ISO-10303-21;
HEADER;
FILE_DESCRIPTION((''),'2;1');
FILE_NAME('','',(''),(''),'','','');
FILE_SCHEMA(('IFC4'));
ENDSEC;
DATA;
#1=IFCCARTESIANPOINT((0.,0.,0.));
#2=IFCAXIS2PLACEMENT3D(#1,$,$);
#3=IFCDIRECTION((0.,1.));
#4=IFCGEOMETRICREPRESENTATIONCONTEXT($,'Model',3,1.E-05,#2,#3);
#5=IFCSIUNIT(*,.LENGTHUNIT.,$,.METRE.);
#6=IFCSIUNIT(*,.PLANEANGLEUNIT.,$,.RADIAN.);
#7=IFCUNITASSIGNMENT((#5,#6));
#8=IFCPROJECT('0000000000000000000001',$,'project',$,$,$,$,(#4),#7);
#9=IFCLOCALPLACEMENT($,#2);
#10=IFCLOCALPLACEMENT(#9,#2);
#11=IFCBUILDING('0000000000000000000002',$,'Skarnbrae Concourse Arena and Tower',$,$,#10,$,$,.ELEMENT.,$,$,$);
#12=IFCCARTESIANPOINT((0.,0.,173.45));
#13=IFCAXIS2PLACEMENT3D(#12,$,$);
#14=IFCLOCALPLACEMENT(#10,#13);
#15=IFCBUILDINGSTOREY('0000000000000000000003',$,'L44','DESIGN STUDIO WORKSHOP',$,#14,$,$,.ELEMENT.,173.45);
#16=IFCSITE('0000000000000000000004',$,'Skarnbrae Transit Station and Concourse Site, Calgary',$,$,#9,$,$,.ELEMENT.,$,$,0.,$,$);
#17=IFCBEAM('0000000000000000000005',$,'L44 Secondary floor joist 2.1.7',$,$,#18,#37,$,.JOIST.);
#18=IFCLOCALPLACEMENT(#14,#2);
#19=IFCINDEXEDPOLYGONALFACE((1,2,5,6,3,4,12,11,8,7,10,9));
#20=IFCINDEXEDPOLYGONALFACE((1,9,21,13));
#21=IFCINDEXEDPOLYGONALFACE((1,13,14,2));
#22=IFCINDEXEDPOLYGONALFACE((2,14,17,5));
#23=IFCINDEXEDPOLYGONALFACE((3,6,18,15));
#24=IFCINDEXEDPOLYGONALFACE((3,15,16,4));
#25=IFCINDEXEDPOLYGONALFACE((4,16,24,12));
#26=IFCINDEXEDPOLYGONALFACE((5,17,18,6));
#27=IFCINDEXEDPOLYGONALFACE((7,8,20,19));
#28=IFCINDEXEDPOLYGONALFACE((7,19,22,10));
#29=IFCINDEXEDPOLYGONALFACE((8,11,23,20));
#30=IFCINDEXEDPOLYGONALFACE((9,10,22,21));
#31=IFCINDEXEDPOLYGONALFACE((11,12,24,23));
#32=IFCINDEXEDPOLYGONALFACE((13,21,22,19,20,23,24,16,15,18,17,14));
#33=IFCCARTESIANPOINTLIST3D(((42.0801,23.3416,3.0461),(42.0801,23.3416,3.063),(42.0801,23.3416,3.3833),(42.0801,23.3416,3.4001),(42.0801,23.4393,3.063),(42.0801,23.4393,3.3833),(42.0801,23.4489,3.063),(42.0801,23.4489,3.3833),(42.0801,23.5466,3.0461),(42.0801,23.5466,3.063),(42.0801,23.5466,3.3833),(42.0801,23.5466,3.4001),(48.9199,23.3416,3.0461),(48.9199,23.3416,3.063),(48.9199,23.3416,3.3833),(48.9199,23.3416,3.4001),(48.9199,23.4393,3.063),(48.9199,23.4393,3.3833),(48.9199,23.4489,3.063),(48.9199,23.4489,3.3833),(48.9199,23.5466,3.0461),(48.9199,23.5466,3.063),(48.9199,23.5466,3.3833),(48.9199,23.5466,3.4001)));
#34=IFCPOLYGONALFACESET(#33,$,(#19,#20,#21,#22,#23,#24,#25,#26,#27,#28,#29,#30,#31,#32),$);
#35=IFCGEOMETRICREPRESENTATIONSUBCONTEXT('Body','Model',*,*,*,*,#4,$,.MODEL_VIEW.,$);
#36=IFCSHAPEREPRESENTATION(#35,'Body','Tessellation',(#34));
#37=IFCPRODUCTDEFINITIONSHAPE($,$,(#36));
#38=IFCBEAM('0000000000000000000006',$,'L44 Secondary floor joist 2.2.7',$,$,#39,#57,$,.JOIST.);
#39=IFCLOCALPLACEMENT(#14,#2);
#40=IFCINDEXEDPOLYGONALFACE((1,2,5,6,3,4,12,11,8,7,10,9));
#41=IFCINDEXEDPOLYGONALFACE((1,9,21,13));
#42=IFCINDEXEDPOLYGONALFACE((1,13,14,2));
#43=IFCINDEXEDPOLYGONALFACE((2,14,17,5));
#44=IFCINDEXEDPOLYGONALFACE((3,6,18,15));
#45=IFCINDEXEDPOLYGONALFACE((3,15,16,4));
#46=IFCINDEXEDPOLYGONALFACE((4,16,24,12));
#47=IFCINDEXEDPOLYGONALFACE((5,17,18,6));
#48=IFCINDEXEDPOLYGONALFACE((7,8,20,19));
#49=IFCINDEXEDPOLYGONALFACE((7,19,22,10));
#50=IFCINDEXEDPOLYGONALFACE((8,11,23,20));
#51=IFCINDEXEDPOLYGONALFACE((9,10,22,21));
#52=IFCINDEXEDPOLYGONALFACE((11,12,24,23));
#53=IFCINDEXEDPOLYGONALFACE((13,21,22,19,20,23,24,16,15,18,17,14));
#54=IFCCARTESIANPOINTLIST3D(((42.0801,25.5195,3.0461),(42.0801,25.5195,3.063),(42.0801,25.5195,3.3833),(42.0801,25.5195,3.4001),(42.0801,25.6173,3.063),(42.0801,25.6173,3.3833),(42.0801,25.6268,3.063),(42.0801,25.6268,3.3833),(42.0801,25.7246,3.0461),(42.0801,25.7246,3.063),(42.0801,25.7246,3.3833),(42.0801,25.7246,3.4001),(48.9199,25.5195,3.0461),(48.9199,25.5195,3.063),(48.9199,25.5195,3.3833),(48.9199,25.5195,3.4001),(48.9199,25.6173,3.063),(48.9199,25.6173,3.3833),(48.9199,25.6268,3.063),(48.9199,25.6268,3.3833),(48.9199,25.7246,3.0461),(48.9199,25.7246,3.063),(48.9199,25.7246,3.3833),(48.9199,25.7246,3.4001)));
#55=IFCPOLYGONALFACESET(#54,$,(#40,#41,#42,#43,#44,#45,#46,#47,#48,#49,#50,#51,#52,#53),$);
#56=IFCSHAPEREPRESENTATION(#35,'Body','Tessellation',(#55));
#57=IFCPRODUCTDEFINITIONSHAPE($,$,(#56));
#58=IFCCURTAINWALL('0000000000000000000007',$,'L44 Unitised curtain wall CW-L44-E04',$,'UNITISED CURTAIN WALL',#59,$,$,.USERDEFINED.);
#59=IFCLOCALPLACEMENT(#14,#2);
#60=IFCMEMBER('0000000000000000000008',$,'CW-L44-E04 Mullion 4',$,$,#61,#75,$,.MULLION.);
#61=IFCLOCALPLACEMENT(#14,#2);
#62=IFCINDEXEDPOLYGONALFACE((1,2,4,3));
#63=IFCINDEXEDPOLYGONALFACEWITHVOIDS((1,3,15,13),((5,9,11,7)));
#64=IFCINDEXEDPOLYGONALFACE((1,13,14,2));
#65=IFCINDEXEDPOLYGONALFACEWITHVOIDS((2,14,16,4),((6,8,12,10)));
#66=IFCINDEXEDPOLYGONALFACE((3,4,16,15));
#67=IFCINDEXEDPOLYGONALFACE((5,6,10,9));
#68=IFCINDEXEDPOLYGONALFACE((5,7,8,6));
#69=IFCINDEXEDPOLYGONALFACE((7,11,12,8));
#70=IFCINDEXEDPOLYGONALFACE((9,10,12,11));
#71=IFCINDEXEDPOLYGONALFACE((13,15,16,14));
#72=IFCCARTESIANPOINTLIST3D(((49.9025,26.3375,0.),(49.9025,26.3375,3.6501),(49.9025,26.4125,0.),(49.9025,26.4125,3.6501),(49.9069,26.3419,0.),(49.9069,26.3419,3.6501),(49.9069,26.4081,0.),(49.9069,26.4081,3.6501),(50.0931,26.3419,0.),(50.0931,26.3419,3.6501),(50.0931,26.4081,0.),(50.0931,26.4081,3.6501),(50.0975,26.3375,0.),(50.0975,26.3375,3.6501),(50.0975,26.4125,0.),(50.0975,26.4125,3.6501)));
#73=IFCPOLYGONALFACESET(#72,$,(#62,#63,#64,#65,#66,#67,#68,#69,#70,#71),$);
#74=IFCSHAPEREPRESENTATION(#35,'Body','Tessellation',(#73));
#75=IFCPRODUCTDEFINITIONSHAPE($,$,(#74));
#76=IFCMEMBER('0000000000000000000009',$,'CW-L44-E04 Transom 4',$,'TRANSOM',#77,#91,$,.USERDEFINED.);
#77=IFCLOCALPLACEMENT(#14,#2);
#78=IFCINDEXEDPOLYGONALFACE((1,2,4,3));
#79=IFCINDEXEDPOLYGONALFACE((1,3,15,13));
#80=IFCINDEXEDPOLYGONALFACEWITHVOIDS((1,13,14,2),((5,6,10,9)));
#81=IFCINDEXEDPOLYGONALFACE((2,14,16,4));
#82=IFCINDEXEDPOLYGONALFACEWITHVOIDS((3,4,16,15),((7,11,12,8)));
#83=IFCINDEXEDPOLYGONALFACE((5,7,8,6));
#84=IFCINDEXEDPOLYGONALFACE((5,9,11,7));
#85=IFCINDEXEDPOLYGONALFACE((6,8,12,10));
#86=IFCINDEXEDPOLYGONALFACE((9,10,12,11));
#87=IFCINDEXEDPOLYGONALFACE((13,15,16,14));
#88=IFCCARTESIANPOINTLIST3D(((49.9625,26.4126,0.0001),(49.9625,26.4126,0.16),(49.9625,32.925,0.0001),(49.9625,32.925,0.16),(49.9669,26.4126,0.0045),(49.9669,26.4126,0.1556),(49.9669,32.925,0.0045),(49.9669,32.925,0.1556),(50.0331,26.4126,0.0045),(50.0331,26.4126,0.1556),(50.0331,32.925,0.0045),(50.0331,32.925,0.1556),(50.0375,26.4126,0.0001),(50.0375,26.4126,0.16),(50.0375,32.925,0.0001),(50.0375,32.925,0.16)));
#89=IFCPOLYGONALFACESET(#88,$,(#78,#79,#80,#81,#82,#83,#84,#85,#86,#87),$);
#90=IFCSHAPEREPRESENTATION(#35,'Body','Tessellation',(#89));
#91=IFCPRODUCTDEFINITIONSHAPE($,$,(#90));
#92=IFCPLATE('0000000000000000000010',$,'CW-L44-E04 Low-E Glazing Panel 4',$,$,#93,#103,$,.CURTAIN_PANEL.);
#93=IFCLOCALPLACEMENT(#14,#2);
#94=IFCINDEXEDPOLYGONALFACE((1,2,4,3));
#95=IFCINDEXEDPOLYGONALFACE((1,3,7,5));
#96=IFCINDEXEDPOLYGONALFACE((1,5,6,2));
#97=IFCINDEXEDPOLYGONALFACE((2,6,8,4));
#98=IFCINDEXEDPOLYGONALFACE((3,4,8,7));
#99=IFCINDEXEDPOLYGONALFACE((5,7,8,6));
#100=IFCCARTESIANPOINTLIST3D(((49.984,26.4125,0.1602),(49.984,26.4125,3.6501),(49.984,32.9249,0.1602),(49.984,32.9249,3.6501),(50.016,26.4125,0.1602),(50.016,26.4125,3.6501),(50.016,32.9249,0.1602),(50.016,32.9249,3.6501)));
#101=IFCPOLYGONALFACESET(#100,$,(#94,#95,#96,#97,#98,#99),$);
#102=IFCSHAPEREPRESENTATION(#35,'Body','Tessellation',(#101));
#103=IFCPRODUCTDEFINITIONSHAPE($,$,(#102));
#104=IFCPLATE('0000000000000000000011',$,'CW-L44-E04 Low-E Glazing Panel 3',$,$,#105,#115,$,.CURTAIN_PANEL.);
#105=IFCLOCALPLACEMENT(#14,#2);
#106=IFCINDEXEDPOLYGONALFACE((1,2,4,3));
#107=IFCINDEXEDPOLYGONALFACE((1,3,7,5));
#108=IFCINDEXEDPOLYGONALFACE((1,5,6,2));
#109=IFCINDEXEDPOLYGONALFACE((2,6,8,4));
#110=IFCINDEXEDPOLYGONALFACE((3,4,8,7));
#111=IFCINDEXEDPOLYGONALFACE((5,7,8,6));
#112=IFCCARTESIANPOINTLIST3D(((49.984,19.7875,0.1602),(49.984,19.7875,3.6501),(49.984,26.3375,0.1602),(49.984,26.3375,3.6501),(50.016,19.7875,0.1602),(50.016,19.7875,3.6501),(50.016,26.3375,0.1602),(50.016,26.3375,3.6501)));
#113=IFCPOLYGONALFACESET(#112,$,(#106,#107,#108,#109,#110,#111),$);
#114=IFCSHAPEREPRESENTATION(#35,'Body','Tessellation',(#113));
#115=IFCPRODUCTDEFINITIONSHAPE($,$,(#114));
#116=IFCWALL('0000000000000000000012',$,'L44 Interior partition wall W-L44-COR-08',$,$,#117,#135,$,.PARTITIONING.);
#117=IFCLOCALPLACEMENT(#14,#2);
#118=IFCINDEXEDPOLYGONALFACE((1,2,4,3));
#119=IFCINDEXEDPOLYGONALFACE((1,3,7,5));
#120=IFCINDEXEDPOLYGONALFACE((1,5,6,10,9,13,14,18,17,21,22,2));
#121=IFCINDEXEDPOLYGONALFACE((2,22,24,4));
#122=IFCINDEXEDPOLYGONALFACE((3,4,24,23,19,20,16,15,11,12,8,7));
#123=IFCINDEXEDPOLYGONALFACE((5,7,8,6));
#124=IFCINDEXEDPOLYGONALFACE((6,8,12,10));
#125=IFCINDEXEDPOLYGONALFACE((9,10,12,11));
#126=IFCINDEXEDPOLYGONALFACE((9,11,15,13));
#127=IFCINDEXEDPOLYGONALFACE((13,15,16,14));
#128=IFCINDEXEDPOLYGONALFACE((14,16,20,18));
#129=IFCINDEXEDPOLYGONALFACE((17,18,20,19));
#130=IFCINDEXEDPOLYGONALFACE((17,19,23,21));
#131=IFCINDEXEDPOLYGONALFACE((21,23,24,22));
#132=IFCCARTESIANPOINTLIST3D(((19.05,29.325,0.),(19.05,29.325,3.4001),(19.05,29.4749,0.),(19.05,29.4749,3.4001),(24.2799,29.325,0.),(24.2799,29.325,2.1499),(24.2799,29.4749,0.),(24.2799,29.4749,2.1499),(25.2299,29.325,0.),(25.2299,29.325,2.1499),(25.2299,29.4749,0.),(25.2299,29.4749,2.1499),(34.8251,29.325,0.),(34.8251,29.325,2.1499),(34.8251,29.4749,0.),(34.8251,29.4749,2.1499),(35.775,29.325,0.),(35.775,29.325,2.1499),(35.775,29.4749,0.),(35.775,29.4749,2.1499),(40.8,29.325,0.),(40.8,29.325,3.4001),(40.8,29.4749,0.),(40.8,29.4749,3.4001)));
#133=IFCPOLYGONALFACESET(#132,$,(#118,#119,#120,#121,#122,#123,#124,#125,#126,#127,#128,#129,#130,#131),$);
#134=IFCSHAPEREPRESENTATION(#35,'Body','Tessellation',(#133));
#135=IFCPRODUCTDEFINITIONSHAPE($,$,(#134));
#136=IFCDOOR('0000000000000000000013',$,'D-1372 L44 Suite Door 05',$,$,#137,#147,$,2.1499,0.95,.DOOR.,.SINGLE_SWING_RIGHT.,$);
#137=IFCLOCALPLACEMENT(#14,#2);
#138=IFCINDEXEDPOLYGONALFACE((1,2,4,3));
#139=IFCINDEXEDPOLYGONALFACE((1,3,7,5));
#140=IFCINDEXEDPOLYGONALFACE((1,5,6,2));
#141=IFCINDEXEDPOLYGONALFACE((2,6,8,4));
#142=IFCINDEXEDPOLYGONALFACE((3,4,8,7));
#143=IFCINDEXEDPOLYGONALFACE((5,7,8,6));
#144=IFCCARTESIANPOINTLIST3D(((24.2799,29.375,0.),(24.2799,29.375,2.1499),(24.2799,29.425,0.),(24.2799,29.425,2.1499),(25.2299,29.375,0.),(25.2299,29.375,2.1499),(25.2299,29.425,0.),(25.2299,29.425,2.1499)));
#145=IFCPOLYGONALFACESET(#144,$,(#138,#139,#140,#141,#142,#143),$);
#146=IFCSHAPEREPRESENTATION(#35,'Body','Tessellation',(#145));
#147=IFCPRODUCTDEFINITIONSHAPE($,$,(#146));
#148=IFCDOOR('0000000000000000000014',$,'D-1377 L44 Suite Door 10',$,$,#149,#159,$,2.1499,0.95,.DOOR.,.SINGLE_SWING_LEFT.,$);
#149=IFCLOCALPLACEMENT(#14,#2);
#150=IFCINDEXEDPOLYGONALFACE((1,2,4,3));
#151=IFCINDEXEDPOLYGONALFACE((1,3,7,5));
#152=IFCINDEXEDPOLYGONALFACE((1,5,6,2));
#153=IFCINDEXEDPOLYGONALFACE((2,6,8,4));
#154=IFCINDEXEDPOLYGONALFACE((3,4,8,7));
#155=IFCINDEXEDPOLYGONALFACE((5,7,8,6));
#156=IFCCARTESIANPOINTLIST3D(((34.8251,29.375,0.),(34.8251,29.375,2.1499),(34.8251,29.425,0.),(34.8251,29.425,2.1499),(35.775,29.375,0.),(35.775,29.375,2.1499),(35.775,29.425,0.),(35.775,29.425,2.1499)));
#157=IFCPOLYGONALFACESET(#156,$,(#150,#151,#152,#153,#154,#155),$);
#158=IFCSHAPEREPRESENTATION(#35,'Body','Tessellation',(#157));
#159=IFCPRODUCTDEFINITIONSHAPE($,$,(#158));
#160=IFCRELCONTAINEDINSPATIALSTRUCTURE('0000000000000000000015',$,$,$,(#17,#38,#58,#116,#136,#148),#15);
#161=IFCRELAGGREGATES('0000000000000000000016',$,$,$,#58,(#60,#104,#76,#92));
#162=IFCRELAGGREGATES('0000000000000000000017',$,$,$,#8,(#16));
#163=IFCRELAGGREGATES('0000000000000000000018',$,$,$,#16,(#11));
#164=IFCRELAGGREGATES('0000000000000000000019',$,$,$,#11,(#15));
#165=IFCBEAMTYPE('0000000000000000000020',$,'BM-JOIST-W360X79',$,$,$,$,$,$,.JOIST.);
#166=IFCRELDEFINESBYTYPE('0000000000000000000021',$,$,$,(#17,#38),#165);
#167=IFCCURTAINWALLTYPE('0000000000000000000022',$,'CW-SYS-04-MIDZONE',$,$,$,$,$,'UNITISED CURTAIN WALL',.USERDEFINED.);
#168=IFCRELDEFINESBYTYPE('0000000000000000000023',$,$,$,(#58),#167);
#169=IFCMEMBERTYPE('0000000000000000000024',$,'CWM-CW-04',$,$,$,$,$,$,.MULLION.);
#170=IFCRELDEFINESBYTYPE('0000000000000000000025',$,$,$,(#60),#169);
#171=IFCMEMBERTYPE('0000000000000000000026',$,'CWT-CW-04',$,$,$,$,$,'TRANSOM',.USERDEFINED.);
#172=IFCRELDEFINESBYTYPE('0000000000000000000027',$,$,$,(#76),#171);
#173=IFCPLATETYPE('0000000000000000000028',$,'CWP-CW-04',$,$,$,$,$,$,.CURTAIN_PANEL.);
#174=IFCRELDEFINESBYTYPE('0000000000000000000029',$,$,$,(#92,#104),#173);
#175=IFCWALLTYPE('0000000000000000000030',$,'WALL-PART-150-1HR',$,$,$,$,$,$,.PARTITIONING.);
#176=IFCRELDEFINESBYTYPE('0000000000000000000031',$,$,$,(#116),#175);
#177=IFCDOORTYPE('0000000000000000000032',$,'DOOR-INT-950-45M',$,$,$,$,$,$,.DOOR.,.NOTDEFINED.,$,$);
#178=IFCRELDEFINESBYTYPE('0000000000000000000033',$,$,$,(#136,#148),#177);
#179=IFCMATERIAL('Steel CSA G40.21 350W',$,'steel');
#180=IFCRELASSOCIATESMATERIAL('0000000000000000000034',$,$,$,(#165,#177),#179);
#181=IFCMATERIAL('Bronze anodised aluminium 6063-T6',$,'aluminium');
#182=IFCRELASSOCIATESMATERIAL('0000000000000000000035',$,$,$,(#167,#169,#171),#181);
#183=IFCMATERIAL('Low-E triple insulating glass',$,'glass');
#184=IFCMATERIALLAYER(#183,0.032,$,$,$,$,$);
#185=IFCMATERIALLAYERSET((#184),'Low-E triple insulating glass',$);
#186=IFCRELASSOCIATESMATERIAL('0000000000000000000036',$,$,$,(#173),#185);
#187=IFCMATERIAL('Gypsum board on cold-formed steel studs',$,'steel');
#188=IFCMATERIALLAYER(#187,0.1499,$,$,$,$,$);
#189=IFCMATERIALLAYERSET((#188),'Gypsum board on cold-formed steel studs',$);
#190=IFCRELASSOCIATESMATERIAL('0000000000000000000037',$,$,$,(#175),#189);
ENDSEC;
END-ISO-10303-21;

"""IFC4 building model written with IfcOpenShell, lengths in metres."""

from ifc_helpers import new_model, si_unit, direction, frame, frame_2d, origin, origin_2d, place, context, subcontext, project, spatial, rectangle, hollow_rectangle, i_section, extrude, source, transform, mapped, material, layer, layer_set, material_profile, profile_set, type_object, element, fill, aggregate, save


model = new_model("IFC4")

# Units and contexts
model_context = context("Model", 3, precision=1e-05, world=origin(), true_north=direction((0.0, 1.0)))
body_context = subcontext(model_context, "Body", "Model", "MODEL_VIEW")
ifc_project = project(units=[si_unit("LENGTHUNIT", "METRE"), si_unit("PLANEANGLEUNIT", "RADIAN")], contexts=[model_context])

# Site, building, storey
site_placement = place(None, origin())
site = spatial("IfcSite", under=ifc_project, at=site_placement, Name="Skarnbrae Transit Station and Concourse Site, Calgary", CompositionType="ELEMENT", RefElevation=0.0)
building_placement = place(site_placement, origin())
building = spatial("IfcBuilding", under=site, at=building_placement, Name="Skarnbrae Concourse Arena and Tower", CompositionType="ELEMENT")
storey_placement = place(building_placement, frame((0.0, 0.0, 173.45)))
storey = spatial("IfcBuildingStorey", under=building, at=storey_placement, Name="L44", Description="DESIGN STUDIO WORKSHOP", CompositionType="ELEMENT", Elevation=173.45)

# Shared definitions
ifc_material_1 = material(Name="Steel CSA G40.21 350W", Category="steel")

# Beams
ifc_material_profile_1 = material_profile(ifc_material_1, i_section(OverallWidth=0.2051, OverallDepth=0.354, WebThickness=0.0095, FlangeThickness=0.0168, at=origin_2d()), Name="W360X79")
ifc_profile_set_1 = profile_set([ifc_material_profile_1], Name="Steel CSA G40.21 350W")
beam_type_1 = type_object("IfcBeamType", Name="BM-JOIST-W360X79", PredefinedType="JOIST", material=ifc_profile_set_1)
shared_shape_1 = source(origin(), body_context, "Body", "SweptSolid", [
    extrude(i_section(OverallWidth=0.2051, OverallDepth=0.354, WebThickness=0.0095, FlangeThickness=0.0168, at=origin_2d()), origin(), (0.0, 0.0, 1.0), 6.8398),
])
for number, where, z_axis, x_axis, name in (
    (1, (42.0801, 23.4441, 3.2231), (1.0, 0.0, 0.0), (0.0, 1.0, 0.0), "L44 Secondary floor joist 2.1.7"),
    (2, (42.0801, 25.6221, 3.2231), (1.0, 0.0, 0.0), (0.0, 1.0, 0.0), "L44 Secondary floor joist 2.2.7"),
):
    element("IfcBeam", number, at=place(storey_placement, frame(where, z_axis=z_axis, x_axis=x_axis)), inside=storey, type_object=beam_type_1, Name=name, PredefinedType="JOIST", context=body_context, shape_type="MappedRepresentation", body=[
        mapped(shared_shape_1, transform((0.0, 0.0, 0.0))),
    ])

# Curtain wall, members, plates
ifc_material_2 = material(Name="Bronze anodised aluminium 6063-T6", Category="aluminium")
curtain_wall_type = type_object("IfcCurtainWallType", Name="CW-SYS-04-MIDZONE", ElementType="UNITISED CURTAIN WALL", PredefinedType="USERDEFINED", material=ifc_material_2)
curtain_wall_placement = place(storey_placement, origin())
curtain_wall = element("IfcCurtainWall", 3, at=curtain_wall_placement, inside=storey, type_object=curtain_wall_type, Name="L44 Unitised curtain wall CW-L44-E04", ObjectType="UNITISED CURTAIN WALL", PredefinedType="USERDEFINED")
ifc_material_profile_2 = material_profile(ifc_material_2, hollow_rectangle(XDim=0.075, YDim=0.1951, WallThickness=0.0044, at=origin_2d()), Name="ALU-MULL-75X195")
ifc_profile_set_2 = profile_set([ifc_material_profile_2], Name="Bronze anodised aluminium 6063-T6")
member_type_1 = type_object("IfcMemberType", Name="CWM-CW-04", PredefinedType="MULLION", material=ifc_profile_set_2)
shared_shape_2 = source(origin(), body_context, "Body", "SweptSolid", [
    extrude(hollow_rectangle(XDim=0.075, YDim=0.1951, WallThickness=0.0044, at=origin_2d()), origin(), (0.0, 0.0, 1.0), 3.6501),
])
member_1_placement = place(storey_placement, frame((50.0, 26.375, 0.0), z_axis=(0.0, 0.0, 1.0), x_axis=(0.0, 1.0, 0.0)))
member_1 = element("IfcMember", 4, at=member_1_placement, type_object=member_type_1, Name="CW-L44-E04 Mullion 4", PredefinedType="MULLION", context=body_context, shape_type="MappedRepresentation", body=[
    mapped(shared_shape_2, transform((0.0, 0.0, 0.0))),
])
ifc_material_profile_3 = material_profile(ifc_material_2, hollow_rectangle(XDim=0.075, YDim=0.1599, WallThickness=0.0044, at=origin_2d()), Name="ALU-TRAN-75X160")
ifc_profile_set_3 = profile_set([ifc_material_profile_3], Name="Bronze anodised aluminium 6063-T6")
member_type_2 = type_object("IfcMemberType", Name="CWT-CW-04", ElementType="TRANSOM", PredefinedType="USERDEFINED", material=ifc_profile_set_3)
shared_shape_3 = source(origin(), body_context, "Body", "SweptSolid", [
    extrude(hollow_rectangle(XDim=0.075, YDim=0.1599, WallThickness=0.0044, at=origin_2d()), origin(), (0.0, 0.0, 1.0), 6.5125),
])
member_2_placement = place(storey_placement, frame((50.0, 26.4126, 0.0801), z_axis=(0.0, 1.0, 0.0), x_axis=(-1.0, 0.0, 0.0)))
member_2 = element("IfcMember", 5, at=member_2_placement, type_object=member_type_2, Name="CW-L44-E04 Transom 4", ObjectType="TRANSOM", PredefinedType="USERDEFINED", context=body_context, shape_type="MappedRepresentation", body=[
    mapped(shared_shape_3, transform((0.0, 0.0, 0.0))),
])
ifc_material_3 = material(Name="Low-E triple insulating glass", Category="glass")
ifc_layer_1 = layer(ifc_material_3, 0.032)
ifc_layer_set_1 = layer_set([ifc_layer_1], Name="Low-E triple insulating glass")
plate_type = type_object("IfcPlateType", Name="CWP-CW-04", PredefinedType="CURTAIN_PANEL", material=ifc_layer_set_1)
shared_shape_4 = source(origin(), body_context, "Body", "SweptSolid", [
    extrude(rectangle(XDim=6.5125, YDim=0.032, at=origin_2d()), origin(), (0.0, 0.0, 1.0), 3.49),
])
plate_1_placement = place(storey_placement, frame((50.0, 29.6687, 0.1602), z_axis=(0.0, 0.0, 1.0), x_axis=(0.0, 1.0, 0.0)))
plate_1 = element("IfcPlate", 6, at=plate_1_placement, type_object=plate_type, Name="CW-L44-E04 Low-E Glazing Panel 4", PredefinedType="CURTAIN_PANEL", context=body_context, shape_type="MappedRepresentation", body=[
    mapped(shared_shape_4, transform((0.0, 0.0, 0.0))),
])
shared_shape_5 = source(origin(), body_context, "Body", "SweptSolid", [
    extrude(rectangle(XDim=6.55, YDim=0.032, at=origin_2d()), origin(), (0.0, 0.0, 1.0), 3.49),
])
plate_2_placement = place(storey_placement, frame((50.0, 23.0625, 0.1602), z_axis=(0.0, 0.0, 1.0), x_axis=(0.0, 1.0, 0.0)))
plate_2 = element("IfcPlate", 7, at=plate_2_placement, type_object=plate_type, Name="CW-L44-E04 Low-E Glazing Panel 3", PredefinedType="CURTAIN_PANEL", context=body_context, shape_type="MappedRepresentation", body=[
    mapped(shared_shape_5, transform((0.0, 0.0, 0.0))),
])
aggregate(curtain_wall, [member_1, plate_2, member_2, plate_1])

# Shared definitions
ifc_material_4 = material(Name="Gypsum board on cold-formed steel studs", Category="steel")
ifc_layer_2 = layer(ifc_material_4, 0.1499)
ifc_layer_set_2 = layer_set([ifc_layer_2], Name="Gypsum board on cold-formed steel studs")
wall_type_1 = type_object("IfcWallType", Name="WALL-PART-150-1HR", PredefinedType="PARTITIONING", material=ifc_layer_set_2)
door_type = type_object("IfcDoorType", Name="DOOR-INT-950-45M", OperationType="NOTDEFINED", PredefinedType="DOOR", material=ifc_material_1)
shared_shape_6 = source(origin(), body_context, "Body", "SweptSolid", [
    extrude(rectangle(XDim=0.95, YDim=2.1499, at=frame_2d((0.4751, 1.075))), frame((0.0, 0.0249, 0.0), z_axis=(0.0, -1.0, 0.0), x_axis=(1.0, 0.0, 0.0)), (0.0, 0.0, 1.0), 0.05),
])

# Wall, openings, doors
shared_shape_7 = source(origin(), body_context, "Body", "SweptSolid", [
    extrude(rectangle(XDim=21.75, YDim=0.1499, at=frame_2d((10.875, 0.0))), origin(), (0.0, 0.0, 1.0), 3.4001),
])
wall_1_placement = place(storey_placement, frame((40.8, 29.3999, 0.0), z_axis=(0.0, 0.0, 1.0), x_axis=(-1.0, 0.0, 0.0)))
wall_1 = element("IfcWall", 8, at=wall_1_placement, inside=storey, type_object=wall_type_1, Name="L44 Interior partition wall W-L44-COR-08", PredefinedType="PARTITIONING", context=body_context, shape_type="MappedRepresentation", body=[
    mapped(shared_shape_7, transform((0.0, 0.0, 0.0))),
])
opening_1_placement = place(wall_1_placement, frame((15.5701, 0.0, 0.0)))
opening_1 = element("IfcOpeningElement", 9, at=opening_1_placement, cuts=wall_1, PredefinedType="OPENING", context=body_context, shape_type="SweptSolid", body=[
    extrude(rectangle(XDim=0.95, YDim=2.1499, at=frame_2d((0.4751, 1.075))), frame((0.0, 0.085, 0.0), z_axis=(0.0, -1.0, 0.0), x_axis=(1.0, 0.0, 0.0)), (0.0, 0.0, 1.0), 0.1699),
])
opening_2_placement = place(wall_1_placement, frame((5.0249, 0.0, 0.0)))
opening_2 = element("IfcOpeningElement", 10, at=opening_2_placement, cuts=wall_1, PredefinedType="OPENING", context=body_context, shape_type="SweptSolid", body=[
    extrude(rectangle(XDim=0.95, YDim=2.1499, at=frame_2d((0.4751, 1.075))), frame((0.0, 0.085, 0.0), z_axis=(0.0, -1.0, 0.0), x_axis=(1.0, 0.0, 0.0)), (0.0, 0.0, 1.0), 0.1699),
])
door_1_placement = place(opening_1_placement, origin())
door_1 = element("IfcDoor", 11, at=door_1_placement, inside=storey, type_object=door_type, Name="D-1372 L44 Suite Door 05", OperationType="SINGLE_SWING_RIGHT", OverallHeight=2.1499, OverallWidth=0.95, PredefinedType="DOOR", context=body_context, shape_type="MappedRepresentation", body=[
    mapped(shared_shape_6, transform((0.0, 0.0, 0.0))),
])
fill(opening_1, door_1)
door_2_placement = place(opening_2_placement, origin())
door_2 = element("IfcDoor", 12, at=door_2_placement, inside=storey, type_object=door_type, Name="D-1377 L44 Suite Door 10", OperationType="SINGLE_SWING_LEFT", OverallHeight=2.1499, OverallWidth=0.95, PredefinedType="DOOR", context=body_context, shape_type="MappedRepresentation", body=[
    mapped(shared_shape_6, transform((0.0, 0.0, 0.0))),
])
fill(opening_2, door_2)

save(model, "model.ifc")
